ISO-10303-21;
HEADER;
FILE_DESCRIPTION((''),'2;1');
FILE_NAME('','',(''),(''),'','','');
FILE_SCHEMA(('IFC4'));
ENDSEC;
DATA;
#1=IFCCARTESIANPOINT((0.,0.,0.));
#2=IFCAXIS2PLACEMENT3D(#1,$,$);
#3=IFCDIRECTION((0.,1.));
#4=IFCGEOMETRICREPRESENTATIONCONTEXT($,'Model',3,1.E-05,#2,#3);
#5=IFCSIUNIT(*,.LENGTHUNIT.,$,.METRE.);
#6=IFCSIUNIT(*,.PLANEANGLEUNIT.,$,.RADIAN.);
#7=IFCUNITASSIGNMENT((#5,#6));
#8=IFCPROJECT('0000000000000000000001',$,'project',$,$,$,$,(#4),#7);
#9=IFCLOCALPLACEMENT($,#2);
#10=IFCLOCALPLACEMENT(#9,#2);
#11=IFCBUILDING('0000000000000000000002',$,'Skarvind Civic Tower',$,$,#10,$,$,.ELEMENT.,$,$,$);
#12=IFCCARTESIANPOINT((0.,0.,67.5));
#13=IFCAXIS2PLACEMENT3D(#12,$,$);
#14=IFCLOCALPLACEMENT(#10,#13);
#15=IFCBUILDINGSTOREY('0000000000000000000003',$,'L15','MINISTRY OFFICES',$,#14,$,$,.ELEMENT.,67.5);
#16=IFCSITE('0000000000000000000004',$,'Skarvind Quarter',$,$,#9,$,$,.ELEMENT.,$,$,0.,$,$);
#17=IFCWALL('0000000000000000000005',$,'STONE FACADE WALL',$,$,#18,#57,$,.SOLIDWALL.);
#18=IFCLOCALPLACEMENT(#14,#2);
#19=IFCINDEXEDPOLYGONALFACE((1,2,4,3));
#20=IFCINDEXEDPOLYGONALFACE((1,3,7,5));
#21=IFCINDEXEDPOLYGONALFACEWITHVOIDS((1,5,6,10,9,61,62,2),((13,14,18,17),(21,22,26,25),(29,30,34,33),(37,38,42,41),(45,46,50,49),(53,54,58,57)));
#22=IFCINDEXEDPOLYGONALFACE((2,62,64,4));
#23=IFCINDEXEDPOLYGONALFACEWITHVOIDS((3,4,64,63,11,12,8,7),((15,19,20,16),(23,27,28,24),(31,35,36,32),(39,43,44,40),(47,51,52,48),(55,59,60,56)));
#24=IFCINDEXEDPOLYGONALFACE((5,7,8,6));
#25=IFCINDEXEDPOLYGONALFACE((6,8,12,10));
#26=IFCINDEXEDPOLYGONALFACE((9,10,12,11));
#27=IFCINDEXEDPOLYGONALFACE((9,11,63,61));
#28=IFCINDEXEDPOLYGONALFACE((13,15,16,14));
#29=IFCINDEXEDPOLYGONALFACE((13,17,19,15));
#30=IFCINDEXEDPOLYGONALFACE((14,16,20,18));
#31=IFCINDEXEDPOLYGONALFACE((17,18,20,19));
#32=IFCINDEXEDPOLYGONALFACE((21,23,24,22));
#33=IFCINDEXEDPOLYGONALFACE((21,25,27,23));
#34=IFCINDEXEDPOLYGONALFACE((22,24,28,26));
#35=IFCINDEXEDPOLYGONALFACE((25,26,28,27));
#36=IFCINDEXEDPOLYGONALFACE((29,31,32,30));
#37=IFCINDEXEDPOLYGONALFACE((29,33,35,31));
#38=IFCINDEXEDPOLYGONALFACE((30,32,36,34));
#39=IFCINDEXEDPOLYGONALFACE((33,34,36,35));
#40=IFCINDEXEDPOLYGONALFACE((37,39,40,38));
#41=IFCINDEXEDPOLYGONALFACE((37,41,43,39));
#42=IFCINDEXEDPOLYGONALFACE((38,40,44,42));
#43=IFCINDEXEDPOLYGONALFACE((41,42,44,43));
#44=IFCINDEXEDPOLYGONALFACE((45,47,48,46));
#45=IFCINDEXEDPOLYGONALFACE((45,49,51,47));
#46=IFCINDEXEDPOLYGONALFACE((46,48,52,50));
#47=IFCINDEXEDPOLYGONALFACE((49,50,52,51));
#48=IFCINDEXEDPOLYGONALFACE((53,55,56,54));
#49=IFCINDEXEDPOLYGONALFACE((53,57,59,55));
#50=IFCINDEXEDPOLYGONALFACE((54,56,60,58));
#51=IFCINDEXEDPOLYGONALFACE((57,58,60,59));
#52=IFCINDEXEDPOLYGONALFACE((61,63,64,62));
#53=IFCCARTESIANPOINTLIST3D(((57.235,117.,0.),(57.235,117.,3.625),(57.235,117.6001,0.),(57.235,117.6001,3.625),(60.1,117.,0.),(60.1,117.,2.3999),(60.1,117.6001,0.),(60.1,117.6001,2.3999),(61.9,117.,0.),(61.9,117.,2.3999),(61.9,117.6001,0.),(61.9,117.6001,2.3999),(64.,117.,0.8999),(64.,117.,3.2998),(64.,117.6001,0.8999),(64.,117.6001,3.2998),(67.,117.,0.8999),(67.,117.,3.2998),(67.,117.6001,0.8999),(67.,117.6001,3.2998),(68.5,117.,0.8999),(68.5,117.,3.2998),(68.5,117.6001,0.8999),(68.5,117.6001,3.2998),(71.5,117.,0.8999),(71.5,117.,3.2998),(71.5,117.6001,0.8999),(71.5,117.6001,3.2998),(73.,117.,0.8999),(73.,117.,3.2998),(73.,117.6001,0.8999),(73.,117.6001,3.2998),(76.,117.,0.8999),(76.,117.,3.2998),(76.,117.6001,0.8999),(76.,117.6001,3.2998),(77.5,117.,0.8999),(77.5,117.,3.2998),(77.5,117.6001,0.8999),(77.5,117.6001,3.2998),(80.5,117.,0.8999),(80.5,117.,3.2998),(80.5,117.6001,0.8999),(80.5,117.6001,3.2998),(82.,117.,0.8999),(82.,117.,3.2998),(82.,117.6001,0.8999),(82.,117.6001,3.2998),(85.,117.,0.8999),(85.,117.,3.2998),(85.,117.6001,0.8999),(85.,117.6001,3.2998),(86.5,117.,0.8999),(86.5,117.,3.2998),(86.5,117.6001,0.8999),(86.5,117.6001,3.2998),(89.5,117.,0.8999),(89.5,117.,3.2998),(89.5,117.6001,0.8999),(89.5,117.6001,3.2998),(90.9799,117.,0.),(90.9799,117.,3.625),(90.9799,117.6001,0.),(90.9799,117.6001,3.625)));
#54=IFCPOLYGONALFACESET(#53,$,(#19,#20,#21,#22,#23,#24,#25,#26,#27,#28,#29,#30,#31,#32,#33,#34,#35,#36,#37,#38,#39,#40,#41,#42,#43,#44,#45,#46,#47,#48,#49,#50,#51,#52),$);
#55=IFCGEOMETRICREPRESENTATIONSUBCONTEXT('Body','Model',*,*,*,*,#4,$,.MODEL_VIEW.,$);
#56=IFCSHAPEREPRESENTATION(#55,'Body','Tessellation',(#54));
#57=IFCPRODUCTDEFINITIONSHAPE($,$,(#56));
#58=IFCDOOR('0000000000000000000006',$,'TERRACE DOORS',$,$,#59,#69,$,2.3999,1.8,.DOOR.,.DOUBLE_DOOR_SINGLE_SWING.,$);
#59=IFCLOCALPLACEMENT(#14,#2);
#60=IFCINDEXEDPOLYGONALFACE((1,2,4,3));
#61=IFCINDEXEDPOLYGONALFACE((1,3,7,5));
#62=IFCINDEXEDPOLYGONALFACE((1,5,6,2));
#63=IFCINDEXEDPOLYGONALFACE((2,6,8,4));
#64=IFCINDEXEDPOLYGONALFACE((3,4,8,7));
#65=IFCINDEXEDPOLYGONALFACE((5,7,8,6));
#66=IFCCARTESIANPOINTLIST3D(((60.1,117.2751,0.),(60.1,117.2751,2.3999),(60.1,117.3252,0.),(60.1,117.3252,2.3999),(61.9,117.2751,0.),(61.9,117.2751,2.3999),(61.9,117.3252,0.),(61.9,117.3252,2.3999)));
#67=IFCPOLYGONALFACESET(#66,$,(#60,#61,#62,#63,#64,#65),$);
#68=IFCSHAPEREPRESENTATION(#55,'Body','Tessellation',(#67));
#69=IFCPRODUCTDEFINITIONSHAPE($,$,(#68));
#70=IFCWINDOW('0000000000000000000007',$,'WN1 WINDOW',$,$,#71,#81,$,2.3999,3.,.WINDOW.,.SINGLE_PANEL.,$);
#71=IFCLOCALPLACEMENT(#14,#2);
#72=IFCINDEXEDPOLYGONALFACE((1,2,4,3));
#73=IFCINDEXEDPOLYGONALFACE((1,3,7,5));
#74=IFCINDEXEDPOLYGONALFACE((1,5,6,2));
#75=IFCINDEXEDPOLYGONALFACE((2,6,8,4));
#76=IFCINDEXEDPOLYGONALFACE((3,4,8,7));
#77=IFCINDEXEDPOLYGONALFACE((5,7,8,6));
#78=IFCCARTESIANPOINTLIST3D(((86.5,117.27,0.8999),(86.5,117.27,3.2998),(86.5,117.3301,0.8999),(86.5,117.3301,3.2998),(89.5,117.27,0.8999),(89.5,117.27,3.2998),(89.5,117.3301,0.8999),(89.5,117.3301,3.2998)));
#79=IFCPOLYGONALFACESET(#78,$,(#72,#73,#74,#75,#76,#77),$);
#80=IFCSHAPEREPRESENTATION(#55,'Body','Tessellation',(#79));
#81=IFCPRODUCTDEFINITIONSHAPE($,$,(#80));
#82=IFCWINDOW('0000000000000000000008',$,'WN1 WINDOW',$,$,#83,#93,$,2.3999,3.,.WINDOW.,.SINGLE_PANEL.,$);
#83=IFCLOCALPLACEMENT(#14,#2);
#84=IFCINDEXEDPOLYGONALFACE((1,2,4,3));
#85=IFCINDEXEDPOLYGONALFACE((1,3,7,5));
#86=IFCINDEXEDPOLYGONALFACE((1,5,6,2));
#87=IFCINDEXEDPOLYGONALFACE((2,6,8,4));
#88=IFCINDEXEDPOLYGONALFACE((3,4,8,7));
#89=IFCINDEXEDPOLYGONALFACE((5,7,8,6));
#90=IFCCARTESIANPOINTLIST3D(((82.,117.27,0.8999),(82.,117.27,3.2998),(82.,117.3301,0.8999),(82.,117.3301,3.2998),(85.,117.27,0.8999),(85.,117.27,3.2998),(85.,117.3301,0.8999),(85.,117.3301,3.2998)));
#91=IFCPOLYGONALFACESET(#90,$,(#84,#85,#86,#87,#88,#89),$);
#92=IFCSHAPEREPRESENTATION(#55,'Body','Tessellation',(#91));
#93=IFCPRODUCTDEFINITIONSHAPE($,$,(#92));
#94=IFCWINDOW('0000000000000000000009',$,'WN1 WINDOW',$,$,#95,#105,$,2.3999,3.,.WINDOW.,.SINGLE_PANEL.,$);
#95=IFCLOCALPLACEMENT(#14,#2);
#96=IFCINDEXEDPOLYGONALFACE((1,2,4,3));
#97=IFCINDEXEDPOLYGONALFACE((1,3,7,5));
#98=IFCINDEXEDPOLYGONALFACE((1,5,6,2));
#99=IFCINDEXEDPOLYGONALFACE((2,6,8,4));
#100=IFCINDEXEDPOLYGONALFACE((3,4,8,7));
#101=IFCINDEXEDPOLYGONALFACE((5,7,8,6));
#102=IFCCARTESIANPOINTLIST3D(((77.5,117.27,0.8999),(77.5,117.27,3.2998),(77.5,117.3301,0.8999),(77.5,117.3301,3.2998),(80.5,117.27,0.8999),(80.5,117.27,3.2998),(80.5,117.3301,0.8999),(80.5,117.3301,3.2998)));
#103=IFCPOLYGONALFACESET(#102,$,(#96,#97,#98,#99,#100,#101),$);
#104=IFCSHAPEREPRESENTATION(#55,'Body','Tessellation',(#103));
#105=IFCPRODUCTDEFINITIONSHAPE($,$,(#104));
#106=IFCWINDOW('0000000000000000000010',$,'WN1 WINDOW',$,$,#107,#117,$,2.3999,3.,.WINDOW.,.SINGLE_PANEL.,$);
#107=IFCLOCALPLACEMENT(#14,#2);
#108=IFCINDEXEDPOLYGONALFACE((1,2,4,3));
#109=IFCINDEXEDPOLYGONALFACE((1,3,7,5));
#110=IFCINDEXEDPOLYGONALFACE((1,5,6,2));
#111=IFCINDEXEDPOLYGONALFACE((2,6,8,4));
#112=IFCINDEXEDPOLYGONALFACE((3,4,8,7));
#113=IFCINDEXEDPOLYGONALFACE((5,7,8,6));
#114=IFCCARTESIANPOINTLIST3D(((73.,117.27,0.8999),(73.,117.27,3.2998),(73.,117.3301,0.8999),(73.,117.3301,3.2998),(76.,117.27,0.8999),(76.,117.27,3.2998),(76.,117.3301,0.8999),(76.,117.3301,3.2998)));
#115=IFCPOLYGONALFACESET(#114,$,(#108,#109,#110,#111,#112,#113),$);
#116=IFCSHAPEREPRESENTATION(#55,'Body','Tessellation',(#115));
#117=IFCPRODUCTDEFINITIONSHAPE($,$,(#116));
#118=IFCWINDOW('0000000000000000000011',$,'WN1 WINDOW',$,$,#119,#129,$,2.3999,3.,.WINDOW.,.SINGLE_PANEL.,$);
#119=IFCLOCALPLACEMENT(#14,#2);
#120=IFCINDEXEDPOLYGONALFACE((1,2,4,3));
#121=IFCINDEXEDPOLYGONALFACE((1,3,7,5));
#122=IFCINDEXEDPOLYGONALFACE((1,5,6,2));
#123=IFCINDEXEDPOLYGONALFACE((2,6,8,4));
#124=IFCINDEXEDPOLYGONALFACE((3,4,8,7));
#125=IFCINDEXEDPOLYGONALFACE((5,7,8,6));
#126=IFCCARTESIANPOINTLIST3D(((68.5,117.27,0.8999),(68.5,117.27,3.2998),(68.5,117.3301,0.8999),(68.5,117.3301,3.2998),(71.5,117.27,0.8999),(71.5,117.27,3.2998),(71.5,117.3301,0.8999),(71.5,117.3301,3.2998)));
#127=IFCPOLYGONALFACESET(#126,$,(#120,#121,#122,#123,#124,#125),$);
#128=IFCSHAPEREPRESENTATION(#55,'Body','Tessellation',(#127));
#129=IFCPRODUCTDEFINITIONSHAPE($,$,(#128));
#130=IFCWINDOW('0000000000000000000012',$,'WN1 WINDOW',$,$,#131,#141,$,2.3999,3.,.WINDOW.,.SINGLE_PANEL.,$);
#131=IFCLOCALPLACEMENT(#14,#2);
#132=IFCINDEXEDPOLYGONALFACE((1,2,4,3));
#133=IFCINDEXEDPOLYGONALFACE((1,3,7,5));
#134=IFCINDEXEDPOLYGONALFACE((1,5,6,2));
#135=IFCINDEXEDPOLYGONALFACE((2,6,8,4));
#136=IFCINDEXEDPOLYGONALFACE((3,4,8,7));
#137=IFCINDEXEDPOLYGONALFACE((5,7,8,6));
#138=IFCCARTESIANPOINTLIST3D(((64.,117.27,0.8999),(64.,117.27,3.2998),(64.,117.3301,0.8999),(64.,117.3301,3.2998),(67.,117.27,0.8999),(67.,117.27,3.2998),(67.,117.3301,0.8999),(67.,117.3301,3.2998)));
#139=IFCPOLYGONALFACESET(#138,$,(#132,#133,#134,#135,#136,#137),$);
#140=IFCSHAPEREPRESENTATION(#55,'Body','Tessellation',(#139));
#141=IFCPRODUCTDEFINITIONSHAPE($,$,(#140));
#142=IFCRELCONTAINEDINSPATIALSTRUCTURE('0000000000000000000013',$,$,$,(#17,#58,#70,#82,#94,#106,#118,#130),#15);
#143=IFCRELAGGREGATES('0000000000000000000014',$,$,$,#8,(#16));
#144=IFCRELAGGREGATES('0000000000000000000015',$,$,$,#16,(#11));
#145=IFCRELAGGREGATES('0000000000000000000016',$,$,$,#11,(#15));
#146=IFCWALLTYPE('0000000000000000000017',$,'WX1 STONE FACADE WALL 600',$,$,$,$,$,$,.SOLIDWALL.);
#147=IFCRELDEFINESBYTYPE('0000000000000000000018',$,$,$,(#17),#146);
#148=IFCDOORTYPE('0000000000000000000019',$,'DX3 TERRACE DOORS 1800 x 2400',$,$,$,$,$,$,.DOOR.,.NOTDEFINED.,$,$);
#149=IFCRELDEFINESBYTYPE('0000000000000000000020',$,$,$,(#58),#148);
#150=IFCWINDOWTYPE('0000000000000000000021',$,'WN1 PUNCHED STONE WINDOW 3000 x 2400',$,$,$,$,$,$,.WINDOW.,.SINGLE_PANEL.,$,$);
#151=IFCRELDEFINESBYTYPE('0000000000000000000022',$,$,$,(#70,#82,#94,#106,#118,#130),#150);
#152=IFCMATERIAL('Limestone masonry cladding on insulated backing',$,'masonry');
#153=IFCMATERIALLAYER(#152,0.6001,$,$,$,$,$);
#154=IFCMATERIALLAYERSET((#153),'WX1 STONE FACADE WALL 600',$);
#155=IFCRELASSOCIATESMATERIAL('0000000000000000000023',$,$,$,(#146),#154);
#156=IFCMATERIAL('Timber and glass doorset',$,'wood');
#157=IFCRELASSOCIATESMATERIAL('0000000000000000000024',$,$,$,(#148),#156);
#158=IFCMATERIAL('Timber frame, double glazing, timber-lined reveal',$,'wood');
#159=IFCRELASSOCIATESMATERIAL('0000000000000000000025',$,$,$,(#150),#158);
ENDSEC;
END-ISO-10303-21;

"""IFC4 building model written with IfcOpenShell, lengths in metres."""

from ifc_helpers import new_model, si_unit, direction, frame, frame_2d, origin, place, context, subcontext, project, spatial, rectangle, extrude, material, layer, layer_set, type_object, element, fill, save


model = new_model("IFC4")

# Units and contexts
model_context = context("Model", 3, precision=1e-05, world=origin(), true_north=direction((0.0, 1.0)))
body_context = subcontext(model_context, "Body", "Model", "MODEL_VIEW")
ifc_project = project(units=[si_unit("LENGTHUNIT", "METRE"), si_unit("PLANEANGLEUNIT", "RADIAN")], contexts=[model_context])

# Site, building, storey
site_placement = place(None, origin())
site = spatial("IfcSite", under=ifc_project, at=site_placement, Name="Skarvind Quarter", CompositionType="ELEMENT", RefElevation=0.0)
building_placement = place(site_placement, origin())
building = spatial("IfcBuilding", under=site, at=building_placement, Name="Skarvind Civic Tower", CompositionType="ELEMENT")
storey_placement = place(building_placement, frame((0.0, 0.0, 67.5)))
storey = spatial("IfcBuildingStorey", under=building, at=storey_placement, Name="L15", Description="MINISTRY OFFICES", CompositionType="ELEMENT", Elevation=67.5)

# Wall, openings, door, windows
ifc_material_1 = material(Name="Limestone masonry cladding on insulated backing", Category="masonry")
ifc_layer_1 = layer(ifc_material_1, 0.6001)
ifc_layer_set_1 = layer_set([ifc_layer_1], Name="WX1 STONE FACADE WALL 600")
wall_type_1 = type_object("IfcWallType", Name="WX1 STONE FACADE WALL 600", PredefinedType="SOLIDWALL", material=ifc_layer_set_1)
wall_1_placement = place(storey_placement, frame((90.98, 117.3, 0.0), z_axis=(0.0, 0.0, 1.0), x_axis=(-1.0, 0.0, 0.0)))
wall_1 = element("IfcWall", 1, at=wall_1_placement, inside=storey, type_object=wall_type_1, Name="STONE FACADE WALL", PredefinedType="SOLIDWALL", context=body_context, shape_type="SweptSolid", body=[
    extrude(rectangle(XDim=33.7449, YDim=0.6001, at=frame_2d((16.8726, 0.0))), origin(), (0.0, 0.0, 1.0), 3.625),
])
opening_1_placement = place(wall_1_placement, frame((1.48, 0.0, 0.8999)))
opening_1 = element("IfcOpeningElement", 2, at=opening_1_placement, cuts=wall_1, PredefinedType="OPENING", context=body_context, shape_type="SweptSolid", body=[
    extrude(rectangle(XDim=3.0, YDim=2.3999, at=frame_2d((1.5, 1.2))), frame((0.0, 0.3101, 0.0), z_axis=(0.0, -1.0, 0.0), x_axis=(1.0, 0.0, 0.0)), (0.0, 0.0, 1.0), 0.6201),
])
opening_2_placement = place(wall_1_placement, frame((5.98, 0.0, 0.8999)))
opening_2 = element("IfcOpeningElement", 3, at=opening_2_placement, cuts=wall_1, PredefinedType="OPENING", context=body_context, shape_type="SweptSolid", body=[
    extrude(rectangle(XDim=3.0, YDim=2.3999, at=frame_2d((1.5, 1.2))), frame((0.0, 0.3101, 0.0), z_axis=(0.0, -1.0, 0.0), x_axis=(1.0, 0.0, 0.0)), (0.0, 0.0, 1.0), 0.6201),
])
opening_3_placement = place(wall_1_placement, frame((10.48, 0.0, 0.8999)))
opening_3 = element("IfcOpeningElement", 4, at=opening_3_placement, cuts=wall_1, PredefinedType="OPENING", context=body_context, shape_type="SweptSolid", body=[
    extrude(rectangle(XDim=3.0, YDim=2.3999, at=frame_2d((1.5, 1.2))), frame((0.0, 0.3101, 0.0), z_axis=(0.0, -1.0, 0.0), x_axis=(1.0, 0.0, 0.0)), (0.0, 0.0, 1.0), 0.6201),
])
opening_4_placement = place(wall_1_placement, frame((14.98, 0.0, 0.8999)))
opening_4 = element("IfcOpeningElement", 5, at=opening_4_placement, cuts=wall_1, PredefinedType="OPENING", context=body_context, shape_type="SweptSolid", body=[
    extrude(rectangle(XDim=3.0, YDim=2.3999, at=frame_2d((1.5, 1.2))), frame((0.0, 0.3101, 0.0), z_axis=(0.0, -1.0, 0.0), x_axis=(1.0, 0.0, 0.0)), (0.0, 0.0, 1.0), 0.6201),
])
opening_5_placement = place(wall_1_placement, frame((19.48, 0.0, 0.8999)))
opening_5 = element("IfcOpeningElement", 6, at=opening_5_placement, cuts=wall_1, PredefinedType="OPENING", context=body_context, shape_type="SweptSolid", body=[
    extrude(rectangle(XDim=3.0, YDim=2.3999, at=frame_2d((1.5, 1.2))), frame((0.0, 0.3101, 0.0), z_axis=(0.0, -1.0, 0.0), x_axis=(1.0, 0.0, 0.0)), (0.0, 0.0, 1.0), 0.6201),
])
opening_6_placement = place(wall_1_placement, frame((23.98, 0.0, 0.8999)))
opening_6 = element("IfcOpeningElement", 7, at=opening_6_placement, cuts=wall_1, PredefinedType="OPENING", context=body_context, shape_type="SweptSolid", body=[
    extrude(rectangle(XDim=3.0, YDim=2.3999, at=frame_2d((1.5, 1.2))), frame((0.0, 0.3101, 0.0), z_axis=(0.0, -1.0, 0.0), x_axis=(1.0, 0.0, 0.0)), (0.0, 0.0, 1.0), 0.6201),
])
opening_7_placement = place(wall_1_placement, frame((29.0801, 0.0, 0.0)))
opening_7 = element("IfcOpeningElement", 8, at=opening_7_placement, cuts=wall_1, PredefinedType="OPENING", context=body_context, shape_type="SweptSolid", body=[
    extrude(rectangle(XDim=1.8, YDim=2.3999, at=frame_2d((0.8999, 1.2))), frame((0.0, 0.3101, 0.0), z_axis=(0.0, -1.0, 0.0), x_axis=(1.0, 0.0, 0.0)), (0.0, 0.0, 1.0), 0.6201),
])
ifc_material_2 = material(Name="Timber and glass doorset", Category="wood")
door_type_1 = type_object("IfcDoorType", Name="DX3 TERRACE DOORS 1800 x 2400", OperationType="NOTDEFINED", PredefinedType="DOOR", material=ifc_material_2)
door_1_placement = place(opening_7_placement, origin())
door_1 = element("IfcDoor", 9, at=door_1_placement, inside=storey, type_object=door_type_1, Name="TERRACE DOORS", OperationType="DOUBLE_DOOR_SINGLE_SWING", OverallHeight=2.3999, OverallWidth=1.8, PredefinedType="DOOR", context=body_context, shape_type="SweptSolid", body=[
    extrude(rectangle(XDim=1.8, YDim=2.3999, at=frame_2d((0.8999, 1.2))), frame((0.0, 0.0249, 0.0), z_axis=(0.0, -1.0, 0.0), x_axis=(1.0, 0.0, 0.0)), (0.0, 0.0, 1.0), 0.05),
])
fill(opening_7, door_1)
ifc_material_3 = material(Name="Timber frame, double glazing, timber-lined reveal", Category="wood")
window_type = type_object("IfcWindowType", Name="WN1 PUNCHED STONE WINDOW 3000 x 2400", PartitioningType="SINGLE_PANEL", PredefinedType="WINDOW", material=ifc_material_3)
window_1_placement = place(opening_1_placement, origin())
window_1 = element("IfcWindow", 10, at=window_1_placement, inside=storey, type_object=window_type, Name="WN1 WINDOW", OverallHeight=2.3999, OverallWidth=3.0, PartitioningType="SINGLE_PANEL", PredefinedType="WINDOW", context=body_context, shape_type="SweptSolid", body=[
    extrude(rectangle(XDim=3.0, YDim=2.3999, at=frame_2d((1.5, 1.2))), frame((0.0, 0.03, 0.0), z_axis=(0.0, -1.0, 0.0), x_axis=(1.0, 0.0, 0.0)), (0.0, 0.0, 1.0), 0.0601),
])
fill(opening_1, window_1)
window_2_placement = place(opening_2_placement, origin())
window_2 = element("IfcWindow", 11, at=window_2_placement, inside=storey, type_object=window_type, Name="WN1 WINDOW", OverallHeight=2.3999, OverallWidth=3.0, PartitioningType="SINGLE_PANEL", PredefinedType="WINDOW", context=body_context, shape_type="SweptSolid", body=[
    extrude(rectangle(XDim=3.0, YDim=2.3999, at=frame_2d((1.5, 1.2))), frame((0.0, 0.03, 0.0), z_axis=(0.0, -1.0, 0.0), x_axis=(1.0, 0.0, 0.0)), (0.0, 0.0, 1.0), 0.0601),
])
fill(opening_2, window_2)
window_3_placement = place(opening_3_placement, origin())
window_3 = element("IfcWindow", 12, at=window_3_placement, inside=storey, type_object=window_type, Name="WN1 WINDOW", OverallHeight=2.3999, OverallWidth=3.0, PartitioningType="SINGLE_PANEL", PredefinedType="WINDOW", context=body_context, shape_type="SweptSolid", body=[
    extrude(rectangle(XDim=3.0, YDim=2.3999, at=frame_2d((1.5, 1.2))), frame((0.0, 0.03, 0.0), z_axis=(0.0, -1.0, 0.0), x_axis=(1.0, 0.0, 0.0)), (0.0, 0.0, 1.0), 0.0601),
])
fill(opening_3, window_3)
window_4_placement = place(opening_4_placement, origin())
window_4 = element("IfcWindow", 13, at=window_4_placement, inside=storey, type_object=window_type, Name="WN1 WINDOW", OverallHeight=2.3999, OverallWidth=3.0, PartitioningType="SINGLE_PANEL", PredefinedType="WINDOW", context=body_context, shape_type="SweptSolid", body=[
    extrude(rectangle(XDim=3.0, YDim=2.3999, at=frame_2d((1.5, 1.2))), frame((0.0, 0.03, 0.0), z_axis=(0.0, -1.0, 0.0), x_axis=(1.0, 0.0, 0.0)), (0.0, 0.0, 1.0), 0.0601),
])
fill(opening_4, window_4)
window_5_placement = place(opening_5_placement, origin())
window_5 = element("IfcWindow", 14, at=window_5_placement, inside=storey, type_object=window_type, Name="WN1 WINDOW", OverallHeight=2.3999, OverallWidth=3.0, PartitioningType="SINGLE_PANEL", PredefinedType="WINDOW", context=body_context, shape_type="SweptSolid", body=[
    extrude(rectangle(XDim=3.0, YDim=2.3999, at=frame_2d((1.5, 1.2))), frame((0.0, 0.03, 0.0), z_axis=(0.0, -1.0, 0.0), x_axis=(1.0, 0.0, 0.0)), (0.0, 0.0, 1.0), 0.0601),
])
fill(opening_5, window_5)
window_6_placement = place(opening_6_placement, origin())
window_6 = element("IfcWindow", 15, at=window_6_placement, inside=storey, type_object=window_type, Name="WN1 WINDOW", OverallHeight=2.3999, OverallWidth=3.0, PartitioningType="SINGLE_PANEL", PredefinedType="WINDOW", context=body_context, shape_type="SweptSolid", body=[
    extrude(rectangle(XDim=3.0, YDim=2.3999, at=frame_2d((1.5, 1.2))), frame((0.0, 0.03, 0.0), z_axis=(0.0, -1.0, 0.0), x_axis=(1.0, 0.0, 0.0)), (0.0, 0.0, 1.0), 0.0601),
])
fill(opening_6, window_6)

save(model, "model.ifc")
